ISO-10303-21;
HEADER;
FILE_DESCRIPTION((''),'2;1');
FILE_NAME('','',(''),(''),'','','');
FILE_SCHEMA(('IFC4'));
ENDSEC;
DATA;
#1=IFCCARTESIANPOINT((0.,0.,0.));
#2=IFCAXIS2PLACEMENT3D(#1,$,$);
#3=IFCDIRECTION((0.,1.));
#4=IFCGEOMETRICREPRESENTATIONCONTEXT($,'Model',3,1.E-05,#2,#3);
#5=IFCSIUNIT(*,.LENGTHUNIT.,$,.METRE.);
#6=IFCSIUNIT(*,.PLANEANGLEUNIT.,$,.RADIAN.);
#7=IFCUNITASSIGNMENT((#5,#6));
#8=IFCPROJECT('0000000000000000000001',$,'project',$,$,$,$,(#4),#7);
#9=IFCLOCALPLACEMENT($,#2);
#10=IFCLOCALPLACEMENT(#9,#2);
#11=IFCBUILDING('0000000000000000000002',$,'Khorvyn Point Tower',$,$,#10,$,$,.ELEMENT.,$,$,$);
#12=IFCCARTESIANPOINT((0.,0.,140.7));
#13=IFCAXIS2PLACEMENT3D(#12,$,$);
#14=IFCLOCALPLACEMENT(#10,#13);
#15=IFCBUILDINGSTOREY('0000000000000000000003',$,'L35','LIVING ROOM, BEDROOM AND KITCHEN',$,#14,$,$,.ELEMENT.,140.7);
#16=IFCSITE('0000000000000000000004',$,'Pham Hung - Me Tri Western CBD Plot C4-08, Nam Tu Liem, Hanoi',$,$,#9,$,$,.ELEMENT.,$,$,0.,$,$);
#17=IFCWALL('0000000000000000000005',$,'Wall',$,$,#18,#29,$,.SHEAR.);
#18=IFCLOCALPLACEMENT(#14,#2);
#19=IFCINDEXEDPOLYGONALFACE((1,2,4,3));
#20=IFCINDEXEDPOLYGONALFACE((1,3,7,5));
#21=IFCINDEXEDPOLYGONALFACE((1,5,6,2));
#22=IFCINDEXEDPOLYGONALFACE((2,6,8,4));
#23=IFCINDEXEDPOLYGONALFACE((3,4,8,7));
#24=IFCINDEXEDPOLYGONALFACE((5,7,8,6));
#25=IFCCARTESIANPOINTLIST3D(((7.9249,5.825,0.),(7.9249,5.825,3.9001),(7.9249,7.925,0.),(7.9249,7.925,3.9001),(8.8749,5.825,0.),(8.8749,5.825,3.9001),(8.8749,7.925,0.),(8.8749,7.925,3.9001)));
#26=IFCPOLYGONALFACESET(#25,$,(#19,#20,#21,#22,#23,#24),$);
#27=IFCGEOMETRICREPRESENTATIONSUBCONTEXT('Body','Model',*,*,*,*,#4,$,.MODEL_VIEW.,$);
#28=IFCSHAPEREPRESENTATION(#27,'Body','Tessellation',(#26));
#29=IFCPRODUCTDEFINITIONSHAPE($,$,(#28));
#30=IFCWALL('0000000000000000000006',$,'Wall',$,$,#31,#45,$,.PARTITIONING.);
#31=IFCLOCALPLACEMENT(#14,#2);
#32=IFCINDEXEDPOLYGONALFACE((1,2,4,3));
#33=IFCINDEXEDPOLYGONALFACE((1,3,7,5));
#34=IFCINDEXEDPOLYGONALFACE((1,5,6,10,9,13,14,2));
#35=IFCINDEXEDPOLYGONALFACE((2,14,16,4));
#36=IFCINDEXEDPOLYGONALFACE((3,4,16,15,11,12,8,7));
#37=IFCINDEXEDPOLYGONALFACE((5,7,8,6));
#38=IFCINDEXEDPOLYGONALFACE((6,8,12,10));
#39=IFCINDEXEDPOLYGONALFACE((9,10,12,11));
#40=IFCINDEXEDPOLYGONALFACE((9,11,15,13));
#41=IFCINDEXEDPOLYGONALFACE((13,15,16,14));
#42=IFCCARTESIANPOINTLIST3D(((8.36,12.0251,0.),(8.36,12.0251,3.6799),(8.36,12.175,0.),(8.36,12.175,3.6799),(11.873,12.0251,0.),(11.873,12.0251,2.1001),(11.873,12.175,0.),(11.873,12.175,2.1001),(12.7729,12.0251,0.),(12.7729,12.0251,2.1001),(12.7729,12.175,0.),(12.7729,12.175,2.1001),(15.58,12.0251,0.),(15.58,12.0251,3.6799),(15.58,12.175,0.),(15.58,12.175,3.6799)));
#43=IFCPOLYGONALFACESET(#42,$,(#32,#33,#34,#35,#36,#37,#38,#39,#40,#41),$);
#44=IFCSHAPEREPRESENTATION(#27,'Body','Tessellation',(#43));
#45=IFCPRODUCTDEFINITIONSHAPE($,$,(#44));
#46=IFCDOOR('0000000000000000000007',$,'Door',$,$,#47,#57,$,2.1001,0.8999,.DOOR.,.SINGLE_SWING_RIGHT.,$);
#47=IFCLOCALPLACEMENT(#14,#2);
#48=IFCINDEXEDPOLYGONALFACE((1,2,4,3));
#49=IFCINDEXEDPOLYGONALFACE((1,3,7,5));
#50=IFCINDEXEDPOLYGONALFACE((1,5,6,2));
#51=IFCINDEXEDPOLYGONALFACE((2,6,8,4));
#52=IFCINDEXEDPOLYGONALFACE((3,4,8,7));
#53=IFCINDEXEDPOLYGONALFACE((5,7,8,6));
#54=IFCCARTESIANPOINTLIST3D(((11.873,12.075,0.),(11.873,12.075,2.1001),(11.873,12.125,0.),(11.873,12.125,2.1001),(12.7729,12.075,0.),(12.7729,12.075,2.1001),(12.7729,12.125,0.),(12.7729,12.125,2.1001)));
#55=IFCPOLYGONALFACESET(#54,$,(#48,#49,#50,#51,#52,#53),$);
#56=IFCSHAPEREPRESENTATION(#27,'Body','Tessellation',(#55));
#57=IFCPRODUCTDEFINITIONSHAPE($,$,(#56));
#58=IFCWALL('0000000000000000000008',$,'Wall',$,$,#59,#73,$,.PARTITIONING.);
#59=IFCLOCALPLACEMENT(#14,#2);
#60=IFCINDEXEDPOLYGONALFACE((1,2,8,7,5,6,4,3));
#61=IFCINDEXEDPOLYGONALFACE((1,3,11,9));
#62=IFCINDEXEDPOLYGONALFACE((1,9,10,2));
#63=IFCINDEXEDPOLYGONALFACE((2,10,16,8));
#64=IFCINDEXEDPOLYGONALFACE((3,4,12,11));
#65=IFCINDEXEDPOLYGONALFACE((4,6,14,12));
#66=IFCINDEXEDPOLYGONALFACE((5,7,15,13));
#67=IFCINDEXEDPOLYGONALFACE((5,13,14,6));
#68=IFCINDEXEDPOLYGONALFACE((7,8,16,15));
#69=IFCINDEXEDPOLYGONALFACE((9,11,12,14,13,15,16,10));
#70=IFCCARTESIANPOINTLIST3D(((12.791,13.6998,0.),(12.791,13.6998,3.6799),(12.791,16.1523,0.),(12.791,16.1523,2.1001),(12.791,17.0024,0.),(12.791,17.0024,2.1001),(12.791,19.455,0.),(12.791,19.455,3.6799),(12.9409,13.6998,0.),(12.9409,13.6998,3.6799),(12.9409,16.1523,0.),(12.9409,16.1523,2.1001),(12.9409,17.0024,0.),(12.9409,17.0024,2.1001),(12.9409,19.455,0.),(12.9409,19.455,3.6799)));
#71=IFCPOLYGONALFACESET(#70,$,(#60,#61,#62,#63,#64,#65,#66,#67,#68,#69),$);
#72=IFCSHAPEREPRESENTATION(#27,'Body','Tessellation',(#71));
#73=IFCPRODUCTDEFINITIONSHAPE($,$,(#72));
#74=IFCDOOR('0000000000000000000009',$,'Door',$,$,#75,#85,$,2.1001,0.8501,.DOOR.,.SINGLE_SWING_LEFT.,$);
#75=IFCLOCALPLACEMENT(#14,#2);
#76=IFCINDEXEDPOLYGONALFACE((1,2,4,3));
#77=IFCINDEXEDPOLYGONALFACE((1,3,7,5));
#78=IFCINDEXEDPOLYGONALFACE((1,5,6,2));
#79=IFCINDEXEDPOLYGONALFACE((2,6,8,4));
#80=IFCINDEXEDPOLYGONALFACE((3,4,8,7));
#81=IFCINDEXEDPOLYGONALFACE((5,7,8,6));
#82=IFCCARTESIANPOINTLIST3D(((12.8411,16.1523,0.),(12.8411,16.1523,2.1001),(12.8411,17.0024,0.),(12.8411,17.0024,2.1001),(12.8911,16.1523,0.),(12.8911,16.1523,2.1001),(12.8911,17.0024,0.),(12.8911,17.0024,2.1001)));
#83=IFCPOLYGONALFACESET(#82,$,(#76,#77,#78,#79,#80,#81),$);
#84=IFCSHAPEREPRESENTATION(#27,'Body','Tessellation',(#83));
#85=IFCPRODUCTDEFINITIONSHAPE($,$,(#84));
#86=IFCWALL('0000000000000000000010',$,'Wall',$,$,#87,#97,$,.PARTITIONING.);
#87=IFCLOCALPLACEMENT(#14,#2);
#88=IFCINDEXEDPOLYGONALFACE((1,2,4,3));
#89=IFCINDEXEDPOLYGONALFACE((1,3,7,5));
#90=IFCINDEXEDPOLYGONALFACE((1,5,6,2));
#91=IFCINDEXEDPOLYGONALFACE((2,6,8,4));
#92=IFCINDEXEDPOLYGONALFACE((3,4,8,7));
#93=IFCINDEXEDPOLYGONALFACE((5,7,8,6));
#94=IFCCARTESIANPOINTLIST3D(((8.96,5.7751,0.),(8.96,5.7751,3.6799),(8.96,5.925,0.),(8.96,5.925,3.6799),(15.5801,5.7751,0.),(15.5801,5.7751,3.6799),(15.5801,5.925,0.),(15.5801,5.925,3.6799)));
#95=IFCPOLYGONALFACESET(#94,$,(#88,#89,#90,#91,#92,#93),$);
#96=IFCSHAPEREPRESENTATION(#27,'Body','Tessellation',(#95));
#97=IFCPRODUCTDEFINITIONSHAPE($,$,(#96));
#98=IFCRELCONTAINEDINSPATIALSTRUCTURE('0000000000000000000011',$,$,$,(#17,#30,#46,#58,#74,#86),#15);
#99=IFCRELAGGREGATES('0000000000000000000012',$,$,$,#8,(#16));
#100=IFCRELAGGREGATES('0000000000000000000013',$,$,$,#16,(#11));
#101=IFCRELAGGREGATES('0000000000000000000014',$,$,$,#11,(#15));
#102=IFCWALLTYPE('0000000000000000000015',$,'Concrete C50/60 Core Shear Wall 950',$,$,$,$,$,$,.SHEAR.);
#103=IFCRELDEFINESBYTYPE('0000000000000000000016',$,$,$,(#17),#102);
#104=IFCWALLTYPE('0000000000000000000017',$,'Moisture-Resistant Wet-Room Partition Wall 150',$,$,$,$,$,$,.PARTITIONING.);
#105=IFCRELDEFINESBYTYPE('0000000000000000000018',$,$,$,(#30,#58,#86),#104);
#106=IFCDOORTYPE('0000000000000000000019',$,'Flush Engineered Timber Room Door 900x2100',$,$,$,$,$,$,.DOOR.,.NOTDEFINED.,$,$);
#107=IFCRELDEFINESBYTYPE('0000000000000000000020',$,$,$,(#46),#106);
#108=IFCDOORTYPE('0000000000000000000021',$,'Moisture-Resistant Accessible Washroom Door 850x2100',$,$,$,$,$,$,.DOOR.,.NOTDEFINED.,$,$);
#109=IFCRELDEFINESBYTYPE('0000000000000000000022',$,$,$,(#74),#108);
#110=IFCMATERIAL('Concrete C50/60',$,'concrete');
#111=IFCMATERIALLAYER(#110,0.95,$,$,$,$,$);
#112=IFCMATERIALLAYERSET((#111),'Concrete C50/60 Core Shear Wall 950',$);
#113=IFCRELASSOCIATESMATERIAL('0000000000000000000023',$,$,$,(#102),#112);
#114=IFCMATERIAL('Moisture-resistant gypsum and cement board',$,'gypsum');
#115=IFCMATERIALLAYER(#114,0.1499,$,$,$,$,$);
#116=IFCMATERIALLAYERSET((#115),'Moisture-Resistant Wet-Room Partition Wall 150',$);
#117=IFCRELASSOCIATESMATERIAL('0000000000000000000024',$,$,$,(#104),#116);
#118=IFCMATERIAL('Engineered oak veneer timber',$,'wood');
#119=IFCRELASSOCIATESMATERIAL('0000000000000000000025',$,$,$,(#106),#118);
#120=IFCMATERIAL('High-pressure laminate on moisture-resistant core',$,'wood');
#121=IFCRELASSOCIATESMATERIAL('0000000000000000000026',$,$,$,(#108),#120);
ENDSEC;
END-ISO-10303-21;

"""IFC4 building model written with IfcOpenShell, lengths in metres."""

from ifc_helpers import new_model, si_unit, direction, frame, frame_2d, origin, place, context, subcontext, project, spatial, rectangle, extrude, material, layer, layer_set, type_object, element, fill, save


model = new_model("IFC4")

# Units and contexts
model_context = context("Model", 3, precision=1e-05, world=origin(), true_north=direction((0.0, 1.0)))
body_context = subcontext(model_context, "Body", "Model", "MODEL_VIEW")
ifc_project = project(units=[si_unit("LENGTHUNIT", "METRE"), si_unit("PLANEANGLEUNIT", "RADIAN")], contexts=[model_context])

# Site, building, storey
site_placement = place(None, origin())
site = spatial("IfcSite", under=ifc_project, at=site_placement, Name="Pham Hung - Me Tri Western CBD Plot C4-08, Nam Tu Liem, Hanoi", CompositionType="ELEMENT", RefElevation=0.0)
building_placement = place(site_placement, origin())
building = spatial("IfcBuilding", under=site, at=building_placement, Name="Khorvyn Point Tower", CompositionType="ELEMENT")
storey_placement = place(building_placement, frame((0.0, 0.0, 140.7)))
storey = spatial("IfcBuildingStorey", under=building, at=storey_placement, Name="L35", Description="LIVING ROOM, BEDROOM AND KITCHEN", CompositionType="ELEMENT", Elevation=140.7)

# Shared definitions
ifc_material_1 = material(Name="Concrete C50/60", Category="concrete")

# Wall
ifc_layer_1 = layer(ifc_material_1, 0.95)
ifc_layer_set_1 = layer_set([ifc_layer_1], Name="Concrete C50/60 Core Shear Wall 950")
wall_type_1 = type_object("IfcWallType", Name="Concrete C50/60 Core Shear Wall 950", PredefinedType="SHEAR", material=ifc_layer_set_1)
wall_1_placement = place(storey_placement, frame((8.3999, 5.825, 0.0), z_axis=(0.0, 0.0, 1.0), x_axis=(0.0, 1.0, 0.0)))
element("IfcWall", 1, at=wall_1_placement, inside=storey, type_object=wall_type_1, Name="Wall", PredefinedType="SHEAR", context=body_context, shape_type="SweptSolid", body=[
    extrude(rectangle(XDim=2.1001, YDim=0.95, at=frame_2d((1.05, 0.0))), origin(), (0.0, 0.0, 1.0), 3.9001),
])

# Walls, openings, doors
ifc_material_2 = material(Name="Moisture-resistant gypsum and cement board", Category="gypsum")
ifc_layer_2 = layer(ifc_material_2, 0.1499)
ifc_layer_set_2 = layer_set([ifc_layer_2], Name="Moisture-Resistant Wet-Room Partition Wall 150")
wall_type_2 = type_object("IfcWallType", Name="Moisture-Resistant Wet-Room Partition Wall 150", PredefinedType="PARTITIONING", material=ifc_layer_set_2)
wall_2_placement = place(storey_placement, frame((8.3601, 12.1001, 0.0), z_axis=(0.0, 0.0, 1.0), x_axis=(1.0, 0.0, 0.0)))
wall_2 = element("IfcWall", 2, at=wall_2_placement, inside=storey, type_object=wall_type_2, Name="Wall", PredefinedType="PARTITIONING", context=body_context, shape_type="SweptSolid", body=[
    extrude(rectangle(XDim=7.22, YDim=0.1499, at=frame_2d((3.6099, 0.0))), origin(), (0.0, 0.0, 1.0), 3.6799),
])
opening_1_placement = place(wall_2_placement, frame((3.5129, 0.0, 0.0)))
opening_1 = element("IfcOpeningElement", 3, at=opening_1_placement, cuts=wall_2, PredefinedType="OPENING", context=body_context, shape_type="SweptSolid", body=[
    extrude(rectangle(XDim=0.8999, YDim=2.1001, at=frame_2d((0.45, 1.05))), frame((0.0, 0.085, 0.0), z_axis=(0.0, -1.0, 0.0), x_axis=(1.0, 0.0, 0.0)), (0.0, 0.0, 1.0), 0.1699),
])
ifc_material_3 = material(Name="Engineered oak veneer timber", Category="wood")
door_type_1 = type_object("IfcDoorType", Name="Flush Engineered Timber Room Door 900x2100", OperationType="NOTDEFINED", PredefinedType="DOOR", material=ifc_material_3)
door_1_placement = place(opening_1_placement, origin())
door_1 = element("IfcDoor", 4, at=door_1_placement, inside=storey, type_object=door_type_1, Name="Door", OperationType="SINGLE_SWING_RIGHT", OverallHeight=2.1001, OverallWidth=0.8999, PredefinedType="DOOR", context=body_context, shape_type="SweptSolid", body=[
    extrude(rectangle(XDim=0.8999, YDim=2.1001, at=frame_2d((0.45, 1.05))), frame((0.0, 0.0249, 0.0), z_axis=(0.0, -1.0, 0.0), x_axis=(1.0, 0.0, 0.0)), (0.0, 0.0, 1.0), 0.05),
])
fill(opening_1, door_1)
wall_3_placement = place(storey_placement, frame((12.866, 13.7, 0.0), z_axis=(0.0, 0.0, 1.0), x_axis=(0.0, 1.0, 0.0)))
wall_3 = element("IfcWall", 5, at=wall_3_placement, inside=storey, type_object=wall_type_2, Name="Wall", PredefinedType="PARTITIONING", context=body_context, shape_type="SweptSolid", body=[
    extrude(rectangle(XDim=5.7551, YDim=0.1499, at=frame_2d((2.8774, 0.0))), origin(), (0.0, 0.0, 1.0), 3.6799),
])
opening_2_placement = place(wall_3_placement, frame((2.4524, 0.0, 0.0)))
opening_2 = element("IfcOpeningElement", 6, at=opening_2_placement, cuts=wall_3, PredefinedType="OPENING", context=body_context, shape_type="SweptSolid", body=[
    extrude(rectangle(XDim=0.8501, YDim=2.1001, at=frame_2d((0.425, 1.05))), frame((0.0, 0.085, 0.0), z_axis=(0.0, -1.0, 0.0), x_axis=(1.0, 0.0, 0.0)), (0.0, 0.0, 1.0), 0.1699),
])
ifc_material_4 = material(Name="High-pressure laminate on moisture-resistant core", Category="wood")
door_type_2 = type_object("IfcDoorType", Name="Moisture-Resistant Accessible Washroom Door 850x2100", OperationType="NOTDEFINED", PredefinedType="DOOR", material=ifc_material_4)
door_2_placement = place(opening_2_placement, origin())
door_2 = element("IfcDoor", 7, at=door_2_placement, inside=storey, type_object=door_type_2, Name="Door", OperationType="SINGLE_SWING_LEFT", OverallHeight=2.1001, OverallWidth=0.8501, PredefinedType="DOOR", context=body_context, shape_type="SweptSolid", body=[
    extrude(rectangle(XDim=0.8501, YDim=2.1001, at=frame_2d((0.425, 1.05))), frame((0.0, 0.0249, 0.0), z_axis=(0.0, -1.0, 0.0), x_axis=(1.0, 0.0, 0.0)), (0.0, 0.0, 1.0), 0.05),
])
fill(opening_2, door_2)

# Wall
wall_4_placement = place(storey_placement, frame((8.96, 5.8501, 0.0), z_axis=(0.0, 0.0, 1.0), x_axis=(1.0, 0.0, 0.0)))
element("IfcWall", 8, at=wall_4_placement, inside=storey, type_object=wall_type_2, Name="Wall", PredefinedType="PARTITIONING", context=body_context, shape_type="SweptSolid", body=[
    extrude(rectangle(XDim=6.6201, YDim=0.1499, at=frame_2d((3.3101, 0.0))), origin(), (0.0, 0.0, 1.0), 3.6799),
])

save(model, "model.ifc")
